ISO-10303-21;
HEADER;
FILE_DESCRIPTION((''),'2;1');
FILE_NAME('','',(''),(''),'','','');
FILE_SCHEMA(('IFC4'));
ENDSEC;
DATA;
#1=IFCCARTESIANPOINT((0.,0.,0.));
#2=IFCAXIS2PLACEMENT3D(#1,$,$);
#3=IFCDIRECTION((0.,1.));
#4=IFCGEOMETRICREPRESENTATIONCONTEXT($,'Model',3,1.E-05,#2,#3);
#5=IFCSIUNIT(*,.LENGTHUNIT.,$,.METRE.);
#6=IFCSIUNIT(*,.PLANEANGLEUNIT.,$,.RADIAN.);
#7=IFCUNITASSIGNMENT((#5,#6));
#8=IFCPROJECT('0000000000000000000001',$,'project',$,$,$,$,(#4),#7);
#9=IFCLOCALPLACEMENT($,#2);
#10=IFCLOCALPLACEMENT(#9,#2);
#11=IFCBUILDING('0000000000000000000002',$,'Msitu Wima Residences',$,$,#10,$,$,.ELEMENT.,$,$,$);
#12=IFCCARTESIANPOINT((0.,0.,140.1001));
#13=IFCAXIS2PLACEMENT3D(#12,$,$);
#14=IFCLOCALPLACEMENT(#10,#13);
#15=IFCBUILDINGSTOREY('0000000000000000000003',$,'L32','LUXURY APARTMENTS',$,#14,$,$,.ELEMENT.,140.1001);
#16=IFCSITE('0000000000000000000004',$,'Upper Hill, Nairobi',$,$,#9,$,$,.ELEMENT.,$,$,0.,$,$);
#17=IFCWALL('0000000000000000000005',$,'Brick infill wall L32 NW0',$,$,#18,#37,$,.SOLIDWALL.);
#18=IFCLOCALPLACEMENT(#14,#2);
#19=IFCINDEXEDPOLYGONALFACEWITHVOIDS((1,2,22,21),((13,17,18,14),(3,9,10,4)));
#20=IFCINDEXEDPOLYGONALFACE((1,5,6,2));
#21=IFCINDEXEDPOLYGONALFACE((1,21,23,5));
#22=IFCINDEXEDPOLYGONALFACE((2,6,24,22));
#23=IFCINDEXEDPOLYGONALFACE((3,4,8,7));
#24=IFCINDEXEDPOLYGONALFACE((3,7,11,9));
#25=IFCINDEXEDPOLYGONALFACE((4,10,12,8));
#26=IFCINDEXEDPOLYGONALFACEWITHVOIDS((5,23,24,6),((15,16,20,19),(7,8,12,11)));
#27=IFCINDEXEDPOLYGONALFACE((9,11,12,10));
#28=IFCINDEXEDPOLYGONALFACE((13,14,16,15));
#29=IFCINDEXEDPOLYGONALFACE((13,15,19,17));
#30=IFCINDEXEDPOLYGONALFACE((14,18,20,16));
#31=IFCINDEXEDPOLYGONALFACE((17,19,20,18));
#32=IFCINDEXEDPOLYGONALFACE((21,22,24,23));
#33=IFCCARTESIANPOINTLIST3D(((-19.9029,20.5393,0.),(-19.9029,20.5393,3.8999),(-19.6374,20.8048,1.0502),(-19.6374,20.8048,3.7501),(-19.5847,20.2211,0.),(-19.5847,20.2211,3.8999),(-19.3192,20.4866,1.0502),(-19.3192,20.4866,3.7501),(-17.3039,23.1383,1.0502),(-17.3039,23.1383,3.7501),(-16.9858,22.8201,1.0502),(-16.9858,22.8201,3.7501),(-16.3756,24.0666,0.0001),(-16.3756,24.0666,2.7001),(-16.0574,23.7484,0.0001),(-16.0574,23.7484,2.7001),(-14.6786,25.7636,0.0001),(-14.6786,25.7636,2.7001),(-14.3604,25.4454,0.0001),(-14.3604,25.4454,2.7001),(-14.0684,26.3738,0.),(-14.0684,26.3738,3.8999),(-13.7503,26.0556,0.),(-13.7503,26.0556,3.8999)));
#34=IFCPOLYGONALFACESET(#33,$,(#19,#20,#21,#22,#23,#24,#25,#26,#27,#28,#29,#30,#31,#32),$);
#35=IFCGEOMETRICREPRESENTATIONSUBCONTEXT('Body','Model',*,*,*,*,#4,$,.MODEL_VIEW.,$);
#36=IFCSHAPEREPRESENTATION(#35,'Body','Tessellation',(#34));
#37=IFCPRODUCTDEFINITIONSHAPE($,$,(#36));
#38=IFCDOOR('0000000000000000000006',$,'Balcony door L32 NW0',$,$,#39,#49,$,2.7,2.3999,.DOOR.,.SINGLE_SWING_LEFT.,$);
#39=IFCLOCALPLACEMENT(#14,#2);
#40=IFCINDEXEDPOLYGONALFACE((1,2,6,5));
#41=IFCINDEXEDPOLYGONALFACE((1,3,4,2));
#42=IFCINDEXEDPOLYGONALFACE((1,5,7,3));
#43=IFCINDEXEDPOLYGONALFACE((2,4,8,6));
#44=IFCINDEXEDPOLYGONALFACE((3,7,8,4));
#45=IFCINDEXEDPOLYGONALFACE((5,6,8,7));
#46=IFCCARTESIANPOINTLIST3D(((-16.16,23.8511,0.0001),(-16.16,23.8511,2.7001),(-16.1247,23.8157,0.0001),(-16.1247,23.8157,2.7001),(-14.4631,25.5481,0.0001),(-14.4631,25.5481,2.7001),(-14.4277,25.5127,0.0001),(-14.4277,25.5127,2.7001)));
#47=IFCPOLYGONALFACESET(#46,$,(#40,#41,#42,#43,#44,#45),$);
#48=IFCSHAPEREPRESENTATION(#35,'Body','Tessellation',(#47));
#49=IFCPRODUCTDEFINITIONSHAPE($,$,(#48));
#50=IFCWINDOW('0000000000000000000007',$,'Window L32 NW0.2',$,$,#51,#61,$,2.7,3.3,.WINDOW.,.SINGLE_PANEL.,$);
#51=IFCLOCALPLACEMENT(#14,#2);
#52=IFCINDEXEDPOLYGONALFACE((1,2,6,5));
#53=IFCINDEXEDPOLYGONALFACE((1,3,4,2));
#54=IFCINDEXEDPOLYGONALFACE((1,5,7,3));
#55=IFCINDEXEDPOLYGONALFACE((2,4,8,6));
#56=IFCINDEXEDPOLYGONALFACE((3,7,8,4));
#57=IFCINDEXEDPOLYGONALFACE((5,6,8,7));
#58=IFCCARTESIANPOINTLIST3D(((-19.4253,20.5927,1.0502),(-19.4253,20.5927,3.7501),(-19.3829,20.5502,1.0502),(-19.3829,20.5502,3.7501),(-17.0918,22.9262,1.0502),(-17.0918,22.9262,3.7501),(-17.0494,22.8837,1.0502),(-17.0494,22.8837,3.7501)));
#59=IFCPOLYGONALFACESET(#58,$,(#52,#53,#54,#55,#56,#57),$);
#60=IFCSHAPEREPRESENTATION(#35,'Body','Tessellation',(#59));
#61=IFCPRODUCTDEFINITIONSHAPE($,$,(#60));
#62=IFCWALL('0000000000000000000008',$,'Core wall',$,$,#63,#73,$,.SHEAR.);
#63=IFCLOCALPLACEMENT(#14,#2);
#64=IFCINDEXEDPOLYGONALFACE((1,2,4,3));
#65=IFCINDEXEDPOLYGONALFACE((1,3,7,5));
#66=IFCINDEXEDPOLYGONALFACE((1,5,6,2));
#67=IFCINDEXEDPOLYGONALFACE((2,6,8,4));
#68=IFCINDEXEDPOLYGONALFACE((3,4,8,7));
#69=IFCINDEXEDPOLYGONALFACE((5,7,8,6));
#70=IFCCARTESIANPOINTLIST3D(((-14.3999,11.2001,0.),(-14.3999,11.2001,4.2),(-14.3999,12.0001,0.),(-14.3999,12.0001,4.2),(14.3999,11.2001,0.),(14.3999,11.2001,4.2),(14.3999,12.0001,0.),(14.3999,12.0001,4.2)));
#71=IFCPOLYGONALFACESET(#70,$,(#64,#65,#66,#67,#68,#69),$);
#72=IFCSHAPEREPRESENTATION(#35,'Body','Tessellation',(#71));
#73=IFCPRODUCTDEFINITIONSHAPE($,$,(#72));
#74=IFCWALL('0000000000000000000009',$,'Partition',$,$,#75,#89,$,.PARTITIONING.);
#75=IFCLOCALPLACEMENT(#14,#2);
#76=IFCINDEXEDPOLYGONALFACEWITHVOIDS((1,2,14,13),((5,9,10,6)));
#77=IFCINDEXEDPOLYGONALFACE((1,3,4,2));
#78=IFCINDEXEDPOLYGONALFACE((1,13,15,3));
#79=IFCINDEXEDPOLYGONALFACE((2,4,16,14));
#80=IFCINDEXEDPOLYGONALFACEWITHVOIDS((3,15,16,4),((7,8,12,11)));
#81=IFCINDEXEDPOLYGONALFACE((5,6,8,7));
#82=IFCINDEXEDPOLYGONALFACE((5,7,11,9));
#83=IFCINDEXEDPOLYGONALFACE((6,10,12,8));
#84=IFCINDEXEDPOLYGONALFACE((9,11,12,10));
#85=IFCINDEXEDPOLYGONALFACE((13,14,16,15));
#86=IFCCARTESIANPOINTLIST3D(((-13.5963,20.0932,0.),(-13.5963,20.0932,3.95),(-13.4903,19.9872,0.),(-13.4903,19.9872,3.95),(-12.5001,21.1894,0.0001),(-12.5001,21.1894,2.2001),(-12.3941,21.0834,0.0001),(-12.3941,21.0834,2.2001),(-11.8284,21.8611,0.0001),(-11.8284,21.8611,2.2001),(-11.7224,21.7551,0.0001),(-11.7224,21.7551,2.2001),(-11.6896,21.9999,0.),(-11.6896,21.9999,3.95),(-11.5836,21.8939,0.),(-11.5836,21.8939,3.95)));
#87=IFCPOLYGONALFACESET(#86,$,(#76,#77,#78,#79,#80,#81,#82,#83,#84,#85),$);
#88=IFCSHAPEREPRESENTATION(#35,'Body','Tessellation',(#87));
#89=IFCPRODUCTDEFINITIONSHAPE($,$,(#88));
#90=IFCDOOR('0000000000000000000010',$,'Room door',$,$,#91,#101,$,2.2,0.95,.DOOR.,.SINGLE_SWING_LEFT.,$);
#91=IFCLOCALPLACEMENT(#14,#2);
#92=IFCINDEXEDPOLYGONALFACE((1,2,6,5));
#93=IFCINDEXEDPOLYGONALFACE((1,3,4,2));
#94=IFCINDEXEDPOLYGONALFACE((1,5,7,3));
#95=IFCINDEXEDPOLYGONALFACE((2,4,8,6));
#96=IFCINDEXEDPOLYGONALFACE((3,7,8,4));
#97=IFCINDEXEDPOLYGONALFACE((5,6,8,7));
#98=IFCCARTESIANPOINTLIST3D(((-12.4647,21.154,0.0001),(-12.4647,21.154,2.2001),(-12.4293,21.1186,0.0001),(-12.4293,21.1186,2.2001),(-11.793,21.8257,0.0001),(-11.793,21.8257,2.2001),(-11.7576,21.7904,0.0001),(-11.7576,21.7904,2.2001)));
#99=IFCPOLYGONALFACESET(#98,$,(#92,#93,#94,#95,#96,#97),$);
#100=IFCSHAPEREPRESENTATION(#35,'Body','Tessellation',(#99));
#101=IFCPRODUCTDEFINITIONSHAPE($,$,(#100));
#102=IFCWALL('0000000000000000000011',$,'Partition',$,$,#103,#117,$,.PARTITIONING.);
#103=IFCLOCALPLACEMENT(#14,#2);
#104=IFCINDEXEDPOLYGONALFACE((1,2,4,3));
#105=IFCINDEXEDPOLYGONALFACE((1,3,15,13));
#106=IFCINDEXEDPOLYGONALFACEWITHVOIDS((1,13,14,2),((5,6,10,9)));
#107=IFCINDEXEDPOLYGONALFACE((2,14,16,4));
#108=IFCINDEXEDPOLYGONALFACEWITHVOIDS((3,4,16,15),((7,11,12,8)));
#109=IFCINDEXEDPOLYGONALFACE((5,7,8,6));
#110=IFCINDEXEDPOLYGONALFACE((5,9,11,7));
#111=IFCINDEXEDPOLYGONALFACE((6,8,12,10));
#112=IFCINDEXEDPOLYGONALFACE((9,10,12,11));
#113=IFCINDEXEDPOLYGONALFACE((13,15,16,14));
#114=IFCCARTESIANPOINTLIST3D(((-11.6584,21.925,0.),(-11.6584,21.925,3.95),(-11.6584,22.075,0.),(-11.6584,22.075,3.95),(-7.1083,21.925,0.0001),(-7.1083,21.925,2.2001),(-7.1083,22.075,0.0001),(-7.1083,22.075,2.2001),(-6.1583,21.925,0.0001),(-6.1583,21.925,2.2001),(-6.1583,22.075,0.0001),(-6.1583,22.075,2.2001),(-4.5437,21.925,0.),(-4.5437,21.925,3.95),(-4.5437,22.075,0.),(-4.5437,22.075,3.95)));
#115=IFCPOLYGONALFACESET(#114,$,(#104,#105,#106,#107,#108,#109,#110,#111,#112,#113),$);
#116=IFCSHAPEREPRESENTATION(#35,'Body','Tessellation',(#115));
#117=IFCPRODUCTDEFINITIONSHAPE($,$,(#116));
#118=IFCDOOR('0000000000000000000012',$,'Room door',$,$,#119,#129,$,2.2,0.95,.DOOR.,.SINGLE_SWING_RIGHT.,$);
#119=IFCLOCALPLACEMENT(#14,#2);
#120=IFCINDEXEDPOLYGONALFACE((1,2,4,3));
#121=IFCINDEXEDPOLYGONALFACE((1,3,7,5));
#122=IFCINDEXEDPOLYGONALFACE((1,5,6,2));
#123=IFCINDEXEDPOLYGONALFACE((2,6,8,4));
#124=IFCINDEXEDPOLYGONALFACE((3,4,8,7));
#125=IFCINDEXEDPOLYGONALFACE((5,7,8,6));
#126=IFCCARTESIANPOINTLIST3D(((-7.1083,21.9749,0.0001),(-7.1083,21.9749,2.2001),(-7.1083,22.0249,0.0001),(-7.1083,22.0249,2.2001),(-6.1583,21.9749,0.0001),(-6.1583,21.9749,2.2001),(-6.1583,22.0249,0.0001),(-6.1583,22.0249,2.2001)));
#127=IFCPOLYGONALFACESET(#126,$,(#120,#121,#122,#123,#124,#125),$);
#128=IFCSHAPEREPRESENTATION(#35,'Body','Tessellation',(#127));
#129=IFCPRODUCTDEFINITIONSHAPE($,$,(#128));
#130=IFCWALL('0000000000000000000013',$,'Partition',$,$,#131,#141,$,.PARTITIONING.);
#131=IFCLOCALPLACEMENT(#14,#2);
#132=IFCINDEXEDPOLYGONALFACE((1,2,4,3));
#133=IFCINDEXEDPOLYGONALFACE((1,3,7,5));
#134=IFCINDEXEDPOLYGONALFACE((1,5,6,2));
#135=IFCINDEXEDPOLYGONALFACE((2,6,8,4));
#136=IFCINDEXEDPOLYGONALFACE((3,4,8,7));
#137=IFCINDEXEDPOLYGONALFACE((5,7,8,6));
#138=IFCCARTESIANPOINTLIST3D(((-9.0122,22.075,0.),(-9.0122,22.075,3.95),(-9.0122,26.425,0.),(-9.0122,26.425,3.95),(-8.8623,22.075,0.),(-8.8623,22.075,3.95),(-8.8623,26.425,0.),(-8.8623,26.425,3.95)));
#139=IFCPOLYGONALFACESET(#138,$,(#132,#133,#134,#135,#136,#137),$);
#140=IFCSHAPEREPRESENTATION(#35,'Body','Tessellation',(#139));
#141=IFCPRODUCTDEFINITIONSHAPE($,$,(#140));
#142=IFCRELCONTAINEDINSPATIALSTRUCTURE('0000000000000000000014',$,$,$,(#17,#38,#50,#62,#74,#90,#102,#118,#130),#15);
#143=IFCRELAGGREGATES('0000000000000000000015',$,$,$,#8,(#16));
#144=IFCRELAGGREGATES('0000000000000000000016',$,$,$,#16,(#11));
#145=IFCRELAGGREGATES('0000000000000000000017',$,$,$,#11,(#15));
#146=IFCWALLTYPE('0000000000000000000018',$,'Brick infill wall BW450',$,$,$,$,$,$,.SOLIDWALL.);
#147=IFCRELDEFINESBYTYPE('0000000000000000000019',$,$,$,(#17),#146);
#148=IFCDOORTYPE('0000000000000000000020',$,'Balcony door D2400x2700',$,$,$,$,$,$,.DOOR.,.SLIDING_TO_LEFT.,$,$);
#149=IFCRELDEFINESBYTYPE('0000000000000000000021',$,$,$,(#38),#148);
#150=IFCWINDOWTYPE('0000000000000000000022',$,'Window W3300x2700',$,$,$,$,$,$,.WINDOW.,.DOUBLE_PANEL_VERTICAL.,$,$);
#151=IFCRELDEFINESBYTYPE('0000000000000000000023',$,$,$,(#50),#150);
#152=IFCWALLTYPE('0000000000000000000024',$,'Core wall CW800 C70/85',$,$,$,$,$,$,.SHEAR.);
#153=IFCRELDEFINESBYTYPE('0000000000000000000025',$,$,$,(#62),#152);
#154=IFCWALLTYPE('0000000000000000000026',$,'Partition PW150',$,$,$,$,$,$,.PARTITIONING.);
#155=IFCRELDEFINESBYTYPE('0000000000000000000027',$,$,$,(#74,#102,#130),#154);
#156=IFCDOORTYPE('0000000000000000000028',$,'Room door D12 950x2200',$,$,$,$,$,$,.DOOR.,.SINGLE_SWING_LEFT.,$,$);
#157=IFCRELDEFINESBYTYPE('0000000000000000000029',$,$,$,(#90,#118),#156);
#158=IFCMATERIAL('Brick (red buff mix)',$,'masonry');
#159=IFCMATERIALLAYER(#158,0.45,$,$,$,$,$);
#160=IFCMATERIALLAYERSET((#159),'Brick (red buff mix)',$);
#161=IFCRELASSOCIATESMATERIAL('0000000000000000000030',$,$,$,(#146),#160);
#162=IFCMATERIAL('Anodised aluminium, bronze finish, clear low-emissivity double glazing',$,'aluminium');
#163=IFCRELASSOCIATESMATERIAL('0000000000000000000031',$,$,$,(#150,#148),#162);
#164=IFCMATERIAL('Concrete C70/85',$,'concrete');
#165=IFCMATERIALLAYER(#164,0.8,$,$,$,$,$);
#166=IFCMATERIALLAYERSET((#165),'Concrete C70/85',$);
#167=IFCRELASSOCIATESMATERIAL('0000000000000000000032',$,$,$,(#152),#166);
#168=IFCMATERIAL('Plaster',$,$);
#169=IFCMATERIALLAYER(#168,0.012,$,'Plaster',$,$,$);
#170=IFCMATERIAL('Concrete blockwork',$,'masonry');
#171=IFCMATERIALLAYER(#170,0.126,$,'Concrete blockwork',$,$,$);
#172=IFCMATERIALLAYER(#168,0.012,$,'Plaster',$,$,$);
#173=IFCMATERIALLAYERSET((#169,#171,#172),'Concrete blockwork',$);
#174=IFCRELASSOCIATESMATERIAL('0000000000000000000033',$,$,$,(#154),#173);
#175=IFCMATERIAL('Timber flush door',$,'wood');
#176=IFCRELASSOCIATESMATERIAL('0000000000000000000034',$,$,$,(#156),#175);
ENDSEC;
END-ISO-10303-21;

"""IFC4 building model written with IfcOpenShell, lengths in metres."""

from ifc_helpers import new_model, si_unit, direction, frame, frame_2d, origin, place, context, subcontext, project, spatial, rectangle, extrude, material, layer, layer_set, type_object, element, fill, save


model = new_model("IFC4")

# Units and contexts
model_context = context("Model", 3, precision=1e-05, world=origin(), true_north=direction((0.0, 1.0)))
body_context = subcontext(model_context, "Body", "Model", "MODEL_VIEW")
ifc_project = project(units=[si_unit("LENGTHUNIT", "METRE"), si_unit("PLANEANGLEUNIT", "RADIAN")], contexts=[model_context])

# Site, building, storey
site_placement = place(None, origin())
site = spatial("IfcSite", under=ifc_project, at=site_placement, Name="Upper Hill, Nairobi", CompositionType="ELEMENT", RefElevation=0.0)
building_placement = place(site_placement, origin())
building = spatial("IfcBuilding", under=site, at=building_placement, Name="Msitu Wima Residences", CompositionType="ELEMENT")
storey_placement = place(building_placement, frame((0.0, 0.0, 140.1001)))
storey = spatial("IfcBuildingStorey", under=building, at=storey_placement, Name="L32", Description="LUXURY APARTMENTS", CompositionType="ELEMENT", Elevation=140.1001)

# Shared definitions
ifc_material_1 = material(Name="Concrete C70/85", Category="concrete")

# Shared definitions
ifc_material_2 = material(Name="Brick (red buff mix)", Category="masonry")
ifc_layer_1 = layer(ifc_material_2, 0.45)
ifc_layer_set_1 = layer_set([ifc_layer_1], Name="Brick (red buff mix)")
wall_type_1 = type_object("IfcWallType", Name="Brick infill wall BW450", PredefinedType="SOLIDWALL", material=ifc_layer_set_1)
ifc_material_3 = material(Name="Anodised aluminium, bronze finish, clear low-emissivity double glazing", Category="aluminium")
window_type = type_object("IfcWindowType", Name="Window W3300x2700", PartitioningType="DOUBLE_PANEL_VERTICAL", PredefinedType="WINDOW", material=ifc_material_3)

# Wall, openings, door, window
wall_1_placement = place(storey_placement, frame((-13.9094, 26.2146, 0.0), z_axis=(0.0, 0.0, 1.0), x_axis=(-0.707107, -0.707107, 0.0)))
wall_1 = element("IfcWall", 1, at=wall_1_placement, inside=storey, type_object=wall_type_1, Name="Brick infill wall L32 NW0", PredefinedType="SOLIDWALL", context=body_context, shape_type="SweptSolid", body=[
    extrude(rectangle(XDim=8.2512, YDim=0.45, at=frame_2d((4.1255, 0.0))), origin(), (0.0, 0.0, 1.0), 3.8999),
])
opening_1_placement = place(wall_1_placement, frame((0.8628, 0.0, 0.0)))
opening_1 = element("IfcOpeningElement", 2, at=opening_1_placement, cuts=wall_1, PredefinedType="OPENING", context=body_context, shape_type="SweptSolid", body=[
    extrude(rectangle(XDim=2.3999, YDim=2.7, at=frame_2d((1.2, 1.3501))), frame((0.0, 0.2349, 0.0), z_axis=(0.0, -1.0, 0.0), x_axis=(1.0, 0.0, 0.0)), (0.0, 0.0, 1.0), 0.47),
])
opening_2_placement = place(wall_1_placement, frame((4.5757, 0.0, 1.05)))
opening_2 = element("IfcOpeningElement", 3, at=opening_2_placement, cuts=wall_1, PredefinedType="OPENING", context=body_context, shape_type="SweptSolid", body=[
    extrude(rectangle(XDim=3.3, YDim=2.7, at=frame_2d((1.6499, 1.3501))), frame((0.0, 0.2349, 0.0), z_axis=(0.0, -1.0, 0.0), x_axis=(1.0, 0.0, 0.0)), (0.0, 0.0, 1.0), 0.47),
])
door_type_1 = type_object("IfcDoorType", Name="Balcony door D2400x2700", OperationType="SLIDING_TO_LEFT", PredefinedType="DOOR", material=ifc_material_3)
door_1_placement = place(opening_1_placement, origin())
door_1 = element("IfcDoor", 4, at=door_1_placement, inside=storey, type_object=door_type_1, Name="Balcony door L32 NW0", OperationType="SINGLE_SWING_LEFT", OverallHeight=2.7, OverallWidth=2.3999, PredefinedType="DOOR", context=body_context, shape_type="SweptSolid", body=[
    extrude(rectangle(XDim=2.3999, YDim=2.7, at=frame_2d((1.2, 1.3501))), frame((0.0, 0.1299, 0.0), z_axis=(0.0, -1.0, 0.0), x_axis=(1.0, 0.0, 0.0)), (0.0, 0.0, 1.0), 0.05),
])
fill(opening_1, door_1)
window_1_placement = place(opening_2_placement, origin())
window_1 = element("IfcWindow", 5, at=window_1_placement, inside=storey, type_object=window_type, Name="Window L32 NW0.2", OverallHeight=2.7, OverallWidth=3.3, PartitioningType="SINGLE_PANEL", PredefinedType="WINDOW", context=body_context, shape_type="SweptSolid", body=[
    extrude(rectangle(XDim=3.3, YDim=2.7, at=frame_2d((1.6499, 1.3501))), frame((0.0, 0.135, 0.0), z_axis=(0.0, -1.0, 0.0), x_axis=(1.0, 0.0, 0.0)), (0.0, 0.0, 1.0), 0.0601),
])
fill(opening_2, window_1)

# Wall
ifc_layer_2 = layer(ifc_material_1, 0.8)
ifc_layer_set_2 = layer_set([ifc_layer_2], Name="Concrete C70/85")
wall_type_2 = type_object("IfcWallType", Name="Core wall CW800 C70/85", PredefinedType="SHEAR", material=ifc_layer_set_2)
wall_2_placement = place(storey_placement, frame((-14.3999, 11.6001, 0.0), z_axis=(0.0, 0.0, 1.0), x_axis=(1.0, 0.0, 0.0)))
element("IfcWall", 6, at=wall_2_placement, inside=storey, type_object=wall_type_2, Name="Core wall", PredefinedType="SHEAR", context=body_context, shape_type="SweptSolid", body=[
    extrude(rectangle(XDim=28.7998, YDim=0.8, at=frame_2d((14.3999, 0.0))), origin(), (0.0, 0.0, 1.0), 4.2),
])

# Walls, openings, doors
ifc_material_4 = material(Name="Plaster")
ifc_layer_3 = layer(ifc_material_4, 0.012, Name="Plaster")
ifc_material_5 = material(Name="Concrete blockwork", Category="masonry")
ifc_layer_4 = layer(ifc_material_5, 0.126, Name="Concrete blockwork")
ifc_layer_5 = layer(ifc_material_4, 0.012, Name="Plaster")
ifc_layer_set_3 = layer_set([ifc_layer_3, ifc_layer_4, ifc_layer_5], Name="Concrete blockwork")
wall_type_3 = type_object("IfcWallType", Name="Partition PW150", PredefinedType="PARTITIONING", material=ifc_layer_set_3)
wall_3_placement = place(storey_placement, frame((-13.5432, 20.0403, 0.0), z_axis=(0.0, 0.0, 1.0), x_axis=(0.707107, 0.707107, 0.0)))
wall_3 = element("IfcWall", 7, at=wall_3_placement, inside=storey, type_object=wall_type_3, Name="Partition", PredefinedType="PARTITIONING", context=body_context, shape_type="SweptSolid", body=[
    extrude(rectangle(XDim=2.6965, YDim=0.1499, at=frame_2d((1.3481, 0.0))), origin(), (0.0, 0.0, 1.0), 3.95),
])
opening_3_placement = place(wall_3_placement, frame((1.55, 0.0, 0.0)))
opening_3 = element("IfcOpeningElement", 8, at=opening_3_placement, cuts=wall_3, PredefinedType="OPENING", context=body_context, shape_type="SweptSolid", body=[
    extrude(rectangle(XDim=0.95, YDim=2.2, at=frame_2d((0.4751, 1.1001))), frame((0.0, 0.085, 0.0), z_axis=(0.0, -1.0, 0.0), x_axis=(1.0, 0.0, 0.0)), (0.0, 0.0, 1.0), 0.1699),
])
ifc_material_6 = material(Name="Timber flush door", Category="wood")
door_type_2 = type_object("IfcDoorType", Name="Room door D12 950x2200", OperationType="SINGLE_SWING_LEFT", PredefinedType="DOOR", material=ifc_material_6)
door_2_placement = place(opening_3_placement, origin())
door_2 = element("IfcDoor", 9, at=door_2_placement, inside=storey, type_object=door_type_2, Name="Room door", OperationType="SINGLE_SWING_LEFT", OverallHeight=2.2, OverallWidth=0.95, PredefinedType="DOOR", context=body_context, shape_type="SweptSolid", body=[
    extrude(rectangle(XDim=0.95, YDim=2.2, at=frame_2d((0.4751, 1.1001))), frame((0.0, 0.0249, 0.0), z_axis=(0.0, -1.0, 0.0), x_axis=(1.0, 0.0, 0.0)), (0.0, 0.0, 1.0), 0.05),
])
fill(opening_3, door_2)
wall_4_placement = place(storey_placement, frame((-11.6584, 22.0, 0.0), z_axis=(0.0, 0.0, 1.0), x_axis=(1.0, 0.0, 0.0)))
wall_4 = element("IfcWall", 10, at=wall_4_placement, inside=storey, type_object=wall_type_3, Name="Partition", PredefinedType="PARTITIONING", context=body_context, shape_type="SweptSolid", body=[
    extrude(rectangle(XDim=7.1147, YDim=0.1499, at=frame_2d((3.5574, 0.0))), origin(), (0.0, 0.0, 1.0), 3.95),
])
opening_4_placement = place(wall_4_placement, frame((4.55, 0.0, 0.0)))
opening_4 = element("IfcOpeningElement", 11, at=opening_4_placement, cuts=wall_4, PredefinedType="OPENING", context=body_context, shape_type="SweptSolid", body=[
    extrude(rectangle(XDim=0.95, YDim=2.2, at=frame_2d((0.4751, 1.1001))), frame((0.0, 0.085, 0.0), z_axis=(0.0, -1.0, 0.0), x_axis=(1.0, 0.0, 0.0)), (0.0, 0.0, 1.0), 0.1699),
])
door_3_placement = place(opening_4_placement, origin())
door_3 = element("IfcDoor", 12, at=door_3_placement, inside=storey, type_object=door_type_2, Name="Room door", OperationType="SINGLE_SWING_RIGHT", OverallHeight=2.2, OverallWidth=0.95, PredefinedType="DOOR", context=body_context, shape_type="SweptSolid", body=[
    extrude(rectangle(XDim=0.95, YDim=2.2, at=frame_2d((0.4751, 1.1001))), frame((0.0, 0.0249, 0.0), z_axis=(0.0, -1.0, 0.0), x_axis=(1.0, 0.0, 0.0)), (0.0, 0.0, 1.0), 0.05),
])
fill(opening_4, door_3)

# Wall
wall_5_placement = place(storey_placement, frame((-8.9373, 22.075, 0.0), z_axis=(0.0, 0.0, 1.0), x_axis=(0.0, 1.0, 0.0)))
element("IfcWall", 13, at=wall_5_placement, inside=storey, type_object=wall_type_3, Name="Partition", PredefinedType="PARTITIONING", context=body_context, shape_type="SweptSolid", body=[
    extrude(rectangle(XDim=4.3501, YDim=0.1499, at=frame_2d((2.175, 0.0))), origin(), (0.0, 0.0, 1.0), 3.95),
])

save(model, "model.ifc")
